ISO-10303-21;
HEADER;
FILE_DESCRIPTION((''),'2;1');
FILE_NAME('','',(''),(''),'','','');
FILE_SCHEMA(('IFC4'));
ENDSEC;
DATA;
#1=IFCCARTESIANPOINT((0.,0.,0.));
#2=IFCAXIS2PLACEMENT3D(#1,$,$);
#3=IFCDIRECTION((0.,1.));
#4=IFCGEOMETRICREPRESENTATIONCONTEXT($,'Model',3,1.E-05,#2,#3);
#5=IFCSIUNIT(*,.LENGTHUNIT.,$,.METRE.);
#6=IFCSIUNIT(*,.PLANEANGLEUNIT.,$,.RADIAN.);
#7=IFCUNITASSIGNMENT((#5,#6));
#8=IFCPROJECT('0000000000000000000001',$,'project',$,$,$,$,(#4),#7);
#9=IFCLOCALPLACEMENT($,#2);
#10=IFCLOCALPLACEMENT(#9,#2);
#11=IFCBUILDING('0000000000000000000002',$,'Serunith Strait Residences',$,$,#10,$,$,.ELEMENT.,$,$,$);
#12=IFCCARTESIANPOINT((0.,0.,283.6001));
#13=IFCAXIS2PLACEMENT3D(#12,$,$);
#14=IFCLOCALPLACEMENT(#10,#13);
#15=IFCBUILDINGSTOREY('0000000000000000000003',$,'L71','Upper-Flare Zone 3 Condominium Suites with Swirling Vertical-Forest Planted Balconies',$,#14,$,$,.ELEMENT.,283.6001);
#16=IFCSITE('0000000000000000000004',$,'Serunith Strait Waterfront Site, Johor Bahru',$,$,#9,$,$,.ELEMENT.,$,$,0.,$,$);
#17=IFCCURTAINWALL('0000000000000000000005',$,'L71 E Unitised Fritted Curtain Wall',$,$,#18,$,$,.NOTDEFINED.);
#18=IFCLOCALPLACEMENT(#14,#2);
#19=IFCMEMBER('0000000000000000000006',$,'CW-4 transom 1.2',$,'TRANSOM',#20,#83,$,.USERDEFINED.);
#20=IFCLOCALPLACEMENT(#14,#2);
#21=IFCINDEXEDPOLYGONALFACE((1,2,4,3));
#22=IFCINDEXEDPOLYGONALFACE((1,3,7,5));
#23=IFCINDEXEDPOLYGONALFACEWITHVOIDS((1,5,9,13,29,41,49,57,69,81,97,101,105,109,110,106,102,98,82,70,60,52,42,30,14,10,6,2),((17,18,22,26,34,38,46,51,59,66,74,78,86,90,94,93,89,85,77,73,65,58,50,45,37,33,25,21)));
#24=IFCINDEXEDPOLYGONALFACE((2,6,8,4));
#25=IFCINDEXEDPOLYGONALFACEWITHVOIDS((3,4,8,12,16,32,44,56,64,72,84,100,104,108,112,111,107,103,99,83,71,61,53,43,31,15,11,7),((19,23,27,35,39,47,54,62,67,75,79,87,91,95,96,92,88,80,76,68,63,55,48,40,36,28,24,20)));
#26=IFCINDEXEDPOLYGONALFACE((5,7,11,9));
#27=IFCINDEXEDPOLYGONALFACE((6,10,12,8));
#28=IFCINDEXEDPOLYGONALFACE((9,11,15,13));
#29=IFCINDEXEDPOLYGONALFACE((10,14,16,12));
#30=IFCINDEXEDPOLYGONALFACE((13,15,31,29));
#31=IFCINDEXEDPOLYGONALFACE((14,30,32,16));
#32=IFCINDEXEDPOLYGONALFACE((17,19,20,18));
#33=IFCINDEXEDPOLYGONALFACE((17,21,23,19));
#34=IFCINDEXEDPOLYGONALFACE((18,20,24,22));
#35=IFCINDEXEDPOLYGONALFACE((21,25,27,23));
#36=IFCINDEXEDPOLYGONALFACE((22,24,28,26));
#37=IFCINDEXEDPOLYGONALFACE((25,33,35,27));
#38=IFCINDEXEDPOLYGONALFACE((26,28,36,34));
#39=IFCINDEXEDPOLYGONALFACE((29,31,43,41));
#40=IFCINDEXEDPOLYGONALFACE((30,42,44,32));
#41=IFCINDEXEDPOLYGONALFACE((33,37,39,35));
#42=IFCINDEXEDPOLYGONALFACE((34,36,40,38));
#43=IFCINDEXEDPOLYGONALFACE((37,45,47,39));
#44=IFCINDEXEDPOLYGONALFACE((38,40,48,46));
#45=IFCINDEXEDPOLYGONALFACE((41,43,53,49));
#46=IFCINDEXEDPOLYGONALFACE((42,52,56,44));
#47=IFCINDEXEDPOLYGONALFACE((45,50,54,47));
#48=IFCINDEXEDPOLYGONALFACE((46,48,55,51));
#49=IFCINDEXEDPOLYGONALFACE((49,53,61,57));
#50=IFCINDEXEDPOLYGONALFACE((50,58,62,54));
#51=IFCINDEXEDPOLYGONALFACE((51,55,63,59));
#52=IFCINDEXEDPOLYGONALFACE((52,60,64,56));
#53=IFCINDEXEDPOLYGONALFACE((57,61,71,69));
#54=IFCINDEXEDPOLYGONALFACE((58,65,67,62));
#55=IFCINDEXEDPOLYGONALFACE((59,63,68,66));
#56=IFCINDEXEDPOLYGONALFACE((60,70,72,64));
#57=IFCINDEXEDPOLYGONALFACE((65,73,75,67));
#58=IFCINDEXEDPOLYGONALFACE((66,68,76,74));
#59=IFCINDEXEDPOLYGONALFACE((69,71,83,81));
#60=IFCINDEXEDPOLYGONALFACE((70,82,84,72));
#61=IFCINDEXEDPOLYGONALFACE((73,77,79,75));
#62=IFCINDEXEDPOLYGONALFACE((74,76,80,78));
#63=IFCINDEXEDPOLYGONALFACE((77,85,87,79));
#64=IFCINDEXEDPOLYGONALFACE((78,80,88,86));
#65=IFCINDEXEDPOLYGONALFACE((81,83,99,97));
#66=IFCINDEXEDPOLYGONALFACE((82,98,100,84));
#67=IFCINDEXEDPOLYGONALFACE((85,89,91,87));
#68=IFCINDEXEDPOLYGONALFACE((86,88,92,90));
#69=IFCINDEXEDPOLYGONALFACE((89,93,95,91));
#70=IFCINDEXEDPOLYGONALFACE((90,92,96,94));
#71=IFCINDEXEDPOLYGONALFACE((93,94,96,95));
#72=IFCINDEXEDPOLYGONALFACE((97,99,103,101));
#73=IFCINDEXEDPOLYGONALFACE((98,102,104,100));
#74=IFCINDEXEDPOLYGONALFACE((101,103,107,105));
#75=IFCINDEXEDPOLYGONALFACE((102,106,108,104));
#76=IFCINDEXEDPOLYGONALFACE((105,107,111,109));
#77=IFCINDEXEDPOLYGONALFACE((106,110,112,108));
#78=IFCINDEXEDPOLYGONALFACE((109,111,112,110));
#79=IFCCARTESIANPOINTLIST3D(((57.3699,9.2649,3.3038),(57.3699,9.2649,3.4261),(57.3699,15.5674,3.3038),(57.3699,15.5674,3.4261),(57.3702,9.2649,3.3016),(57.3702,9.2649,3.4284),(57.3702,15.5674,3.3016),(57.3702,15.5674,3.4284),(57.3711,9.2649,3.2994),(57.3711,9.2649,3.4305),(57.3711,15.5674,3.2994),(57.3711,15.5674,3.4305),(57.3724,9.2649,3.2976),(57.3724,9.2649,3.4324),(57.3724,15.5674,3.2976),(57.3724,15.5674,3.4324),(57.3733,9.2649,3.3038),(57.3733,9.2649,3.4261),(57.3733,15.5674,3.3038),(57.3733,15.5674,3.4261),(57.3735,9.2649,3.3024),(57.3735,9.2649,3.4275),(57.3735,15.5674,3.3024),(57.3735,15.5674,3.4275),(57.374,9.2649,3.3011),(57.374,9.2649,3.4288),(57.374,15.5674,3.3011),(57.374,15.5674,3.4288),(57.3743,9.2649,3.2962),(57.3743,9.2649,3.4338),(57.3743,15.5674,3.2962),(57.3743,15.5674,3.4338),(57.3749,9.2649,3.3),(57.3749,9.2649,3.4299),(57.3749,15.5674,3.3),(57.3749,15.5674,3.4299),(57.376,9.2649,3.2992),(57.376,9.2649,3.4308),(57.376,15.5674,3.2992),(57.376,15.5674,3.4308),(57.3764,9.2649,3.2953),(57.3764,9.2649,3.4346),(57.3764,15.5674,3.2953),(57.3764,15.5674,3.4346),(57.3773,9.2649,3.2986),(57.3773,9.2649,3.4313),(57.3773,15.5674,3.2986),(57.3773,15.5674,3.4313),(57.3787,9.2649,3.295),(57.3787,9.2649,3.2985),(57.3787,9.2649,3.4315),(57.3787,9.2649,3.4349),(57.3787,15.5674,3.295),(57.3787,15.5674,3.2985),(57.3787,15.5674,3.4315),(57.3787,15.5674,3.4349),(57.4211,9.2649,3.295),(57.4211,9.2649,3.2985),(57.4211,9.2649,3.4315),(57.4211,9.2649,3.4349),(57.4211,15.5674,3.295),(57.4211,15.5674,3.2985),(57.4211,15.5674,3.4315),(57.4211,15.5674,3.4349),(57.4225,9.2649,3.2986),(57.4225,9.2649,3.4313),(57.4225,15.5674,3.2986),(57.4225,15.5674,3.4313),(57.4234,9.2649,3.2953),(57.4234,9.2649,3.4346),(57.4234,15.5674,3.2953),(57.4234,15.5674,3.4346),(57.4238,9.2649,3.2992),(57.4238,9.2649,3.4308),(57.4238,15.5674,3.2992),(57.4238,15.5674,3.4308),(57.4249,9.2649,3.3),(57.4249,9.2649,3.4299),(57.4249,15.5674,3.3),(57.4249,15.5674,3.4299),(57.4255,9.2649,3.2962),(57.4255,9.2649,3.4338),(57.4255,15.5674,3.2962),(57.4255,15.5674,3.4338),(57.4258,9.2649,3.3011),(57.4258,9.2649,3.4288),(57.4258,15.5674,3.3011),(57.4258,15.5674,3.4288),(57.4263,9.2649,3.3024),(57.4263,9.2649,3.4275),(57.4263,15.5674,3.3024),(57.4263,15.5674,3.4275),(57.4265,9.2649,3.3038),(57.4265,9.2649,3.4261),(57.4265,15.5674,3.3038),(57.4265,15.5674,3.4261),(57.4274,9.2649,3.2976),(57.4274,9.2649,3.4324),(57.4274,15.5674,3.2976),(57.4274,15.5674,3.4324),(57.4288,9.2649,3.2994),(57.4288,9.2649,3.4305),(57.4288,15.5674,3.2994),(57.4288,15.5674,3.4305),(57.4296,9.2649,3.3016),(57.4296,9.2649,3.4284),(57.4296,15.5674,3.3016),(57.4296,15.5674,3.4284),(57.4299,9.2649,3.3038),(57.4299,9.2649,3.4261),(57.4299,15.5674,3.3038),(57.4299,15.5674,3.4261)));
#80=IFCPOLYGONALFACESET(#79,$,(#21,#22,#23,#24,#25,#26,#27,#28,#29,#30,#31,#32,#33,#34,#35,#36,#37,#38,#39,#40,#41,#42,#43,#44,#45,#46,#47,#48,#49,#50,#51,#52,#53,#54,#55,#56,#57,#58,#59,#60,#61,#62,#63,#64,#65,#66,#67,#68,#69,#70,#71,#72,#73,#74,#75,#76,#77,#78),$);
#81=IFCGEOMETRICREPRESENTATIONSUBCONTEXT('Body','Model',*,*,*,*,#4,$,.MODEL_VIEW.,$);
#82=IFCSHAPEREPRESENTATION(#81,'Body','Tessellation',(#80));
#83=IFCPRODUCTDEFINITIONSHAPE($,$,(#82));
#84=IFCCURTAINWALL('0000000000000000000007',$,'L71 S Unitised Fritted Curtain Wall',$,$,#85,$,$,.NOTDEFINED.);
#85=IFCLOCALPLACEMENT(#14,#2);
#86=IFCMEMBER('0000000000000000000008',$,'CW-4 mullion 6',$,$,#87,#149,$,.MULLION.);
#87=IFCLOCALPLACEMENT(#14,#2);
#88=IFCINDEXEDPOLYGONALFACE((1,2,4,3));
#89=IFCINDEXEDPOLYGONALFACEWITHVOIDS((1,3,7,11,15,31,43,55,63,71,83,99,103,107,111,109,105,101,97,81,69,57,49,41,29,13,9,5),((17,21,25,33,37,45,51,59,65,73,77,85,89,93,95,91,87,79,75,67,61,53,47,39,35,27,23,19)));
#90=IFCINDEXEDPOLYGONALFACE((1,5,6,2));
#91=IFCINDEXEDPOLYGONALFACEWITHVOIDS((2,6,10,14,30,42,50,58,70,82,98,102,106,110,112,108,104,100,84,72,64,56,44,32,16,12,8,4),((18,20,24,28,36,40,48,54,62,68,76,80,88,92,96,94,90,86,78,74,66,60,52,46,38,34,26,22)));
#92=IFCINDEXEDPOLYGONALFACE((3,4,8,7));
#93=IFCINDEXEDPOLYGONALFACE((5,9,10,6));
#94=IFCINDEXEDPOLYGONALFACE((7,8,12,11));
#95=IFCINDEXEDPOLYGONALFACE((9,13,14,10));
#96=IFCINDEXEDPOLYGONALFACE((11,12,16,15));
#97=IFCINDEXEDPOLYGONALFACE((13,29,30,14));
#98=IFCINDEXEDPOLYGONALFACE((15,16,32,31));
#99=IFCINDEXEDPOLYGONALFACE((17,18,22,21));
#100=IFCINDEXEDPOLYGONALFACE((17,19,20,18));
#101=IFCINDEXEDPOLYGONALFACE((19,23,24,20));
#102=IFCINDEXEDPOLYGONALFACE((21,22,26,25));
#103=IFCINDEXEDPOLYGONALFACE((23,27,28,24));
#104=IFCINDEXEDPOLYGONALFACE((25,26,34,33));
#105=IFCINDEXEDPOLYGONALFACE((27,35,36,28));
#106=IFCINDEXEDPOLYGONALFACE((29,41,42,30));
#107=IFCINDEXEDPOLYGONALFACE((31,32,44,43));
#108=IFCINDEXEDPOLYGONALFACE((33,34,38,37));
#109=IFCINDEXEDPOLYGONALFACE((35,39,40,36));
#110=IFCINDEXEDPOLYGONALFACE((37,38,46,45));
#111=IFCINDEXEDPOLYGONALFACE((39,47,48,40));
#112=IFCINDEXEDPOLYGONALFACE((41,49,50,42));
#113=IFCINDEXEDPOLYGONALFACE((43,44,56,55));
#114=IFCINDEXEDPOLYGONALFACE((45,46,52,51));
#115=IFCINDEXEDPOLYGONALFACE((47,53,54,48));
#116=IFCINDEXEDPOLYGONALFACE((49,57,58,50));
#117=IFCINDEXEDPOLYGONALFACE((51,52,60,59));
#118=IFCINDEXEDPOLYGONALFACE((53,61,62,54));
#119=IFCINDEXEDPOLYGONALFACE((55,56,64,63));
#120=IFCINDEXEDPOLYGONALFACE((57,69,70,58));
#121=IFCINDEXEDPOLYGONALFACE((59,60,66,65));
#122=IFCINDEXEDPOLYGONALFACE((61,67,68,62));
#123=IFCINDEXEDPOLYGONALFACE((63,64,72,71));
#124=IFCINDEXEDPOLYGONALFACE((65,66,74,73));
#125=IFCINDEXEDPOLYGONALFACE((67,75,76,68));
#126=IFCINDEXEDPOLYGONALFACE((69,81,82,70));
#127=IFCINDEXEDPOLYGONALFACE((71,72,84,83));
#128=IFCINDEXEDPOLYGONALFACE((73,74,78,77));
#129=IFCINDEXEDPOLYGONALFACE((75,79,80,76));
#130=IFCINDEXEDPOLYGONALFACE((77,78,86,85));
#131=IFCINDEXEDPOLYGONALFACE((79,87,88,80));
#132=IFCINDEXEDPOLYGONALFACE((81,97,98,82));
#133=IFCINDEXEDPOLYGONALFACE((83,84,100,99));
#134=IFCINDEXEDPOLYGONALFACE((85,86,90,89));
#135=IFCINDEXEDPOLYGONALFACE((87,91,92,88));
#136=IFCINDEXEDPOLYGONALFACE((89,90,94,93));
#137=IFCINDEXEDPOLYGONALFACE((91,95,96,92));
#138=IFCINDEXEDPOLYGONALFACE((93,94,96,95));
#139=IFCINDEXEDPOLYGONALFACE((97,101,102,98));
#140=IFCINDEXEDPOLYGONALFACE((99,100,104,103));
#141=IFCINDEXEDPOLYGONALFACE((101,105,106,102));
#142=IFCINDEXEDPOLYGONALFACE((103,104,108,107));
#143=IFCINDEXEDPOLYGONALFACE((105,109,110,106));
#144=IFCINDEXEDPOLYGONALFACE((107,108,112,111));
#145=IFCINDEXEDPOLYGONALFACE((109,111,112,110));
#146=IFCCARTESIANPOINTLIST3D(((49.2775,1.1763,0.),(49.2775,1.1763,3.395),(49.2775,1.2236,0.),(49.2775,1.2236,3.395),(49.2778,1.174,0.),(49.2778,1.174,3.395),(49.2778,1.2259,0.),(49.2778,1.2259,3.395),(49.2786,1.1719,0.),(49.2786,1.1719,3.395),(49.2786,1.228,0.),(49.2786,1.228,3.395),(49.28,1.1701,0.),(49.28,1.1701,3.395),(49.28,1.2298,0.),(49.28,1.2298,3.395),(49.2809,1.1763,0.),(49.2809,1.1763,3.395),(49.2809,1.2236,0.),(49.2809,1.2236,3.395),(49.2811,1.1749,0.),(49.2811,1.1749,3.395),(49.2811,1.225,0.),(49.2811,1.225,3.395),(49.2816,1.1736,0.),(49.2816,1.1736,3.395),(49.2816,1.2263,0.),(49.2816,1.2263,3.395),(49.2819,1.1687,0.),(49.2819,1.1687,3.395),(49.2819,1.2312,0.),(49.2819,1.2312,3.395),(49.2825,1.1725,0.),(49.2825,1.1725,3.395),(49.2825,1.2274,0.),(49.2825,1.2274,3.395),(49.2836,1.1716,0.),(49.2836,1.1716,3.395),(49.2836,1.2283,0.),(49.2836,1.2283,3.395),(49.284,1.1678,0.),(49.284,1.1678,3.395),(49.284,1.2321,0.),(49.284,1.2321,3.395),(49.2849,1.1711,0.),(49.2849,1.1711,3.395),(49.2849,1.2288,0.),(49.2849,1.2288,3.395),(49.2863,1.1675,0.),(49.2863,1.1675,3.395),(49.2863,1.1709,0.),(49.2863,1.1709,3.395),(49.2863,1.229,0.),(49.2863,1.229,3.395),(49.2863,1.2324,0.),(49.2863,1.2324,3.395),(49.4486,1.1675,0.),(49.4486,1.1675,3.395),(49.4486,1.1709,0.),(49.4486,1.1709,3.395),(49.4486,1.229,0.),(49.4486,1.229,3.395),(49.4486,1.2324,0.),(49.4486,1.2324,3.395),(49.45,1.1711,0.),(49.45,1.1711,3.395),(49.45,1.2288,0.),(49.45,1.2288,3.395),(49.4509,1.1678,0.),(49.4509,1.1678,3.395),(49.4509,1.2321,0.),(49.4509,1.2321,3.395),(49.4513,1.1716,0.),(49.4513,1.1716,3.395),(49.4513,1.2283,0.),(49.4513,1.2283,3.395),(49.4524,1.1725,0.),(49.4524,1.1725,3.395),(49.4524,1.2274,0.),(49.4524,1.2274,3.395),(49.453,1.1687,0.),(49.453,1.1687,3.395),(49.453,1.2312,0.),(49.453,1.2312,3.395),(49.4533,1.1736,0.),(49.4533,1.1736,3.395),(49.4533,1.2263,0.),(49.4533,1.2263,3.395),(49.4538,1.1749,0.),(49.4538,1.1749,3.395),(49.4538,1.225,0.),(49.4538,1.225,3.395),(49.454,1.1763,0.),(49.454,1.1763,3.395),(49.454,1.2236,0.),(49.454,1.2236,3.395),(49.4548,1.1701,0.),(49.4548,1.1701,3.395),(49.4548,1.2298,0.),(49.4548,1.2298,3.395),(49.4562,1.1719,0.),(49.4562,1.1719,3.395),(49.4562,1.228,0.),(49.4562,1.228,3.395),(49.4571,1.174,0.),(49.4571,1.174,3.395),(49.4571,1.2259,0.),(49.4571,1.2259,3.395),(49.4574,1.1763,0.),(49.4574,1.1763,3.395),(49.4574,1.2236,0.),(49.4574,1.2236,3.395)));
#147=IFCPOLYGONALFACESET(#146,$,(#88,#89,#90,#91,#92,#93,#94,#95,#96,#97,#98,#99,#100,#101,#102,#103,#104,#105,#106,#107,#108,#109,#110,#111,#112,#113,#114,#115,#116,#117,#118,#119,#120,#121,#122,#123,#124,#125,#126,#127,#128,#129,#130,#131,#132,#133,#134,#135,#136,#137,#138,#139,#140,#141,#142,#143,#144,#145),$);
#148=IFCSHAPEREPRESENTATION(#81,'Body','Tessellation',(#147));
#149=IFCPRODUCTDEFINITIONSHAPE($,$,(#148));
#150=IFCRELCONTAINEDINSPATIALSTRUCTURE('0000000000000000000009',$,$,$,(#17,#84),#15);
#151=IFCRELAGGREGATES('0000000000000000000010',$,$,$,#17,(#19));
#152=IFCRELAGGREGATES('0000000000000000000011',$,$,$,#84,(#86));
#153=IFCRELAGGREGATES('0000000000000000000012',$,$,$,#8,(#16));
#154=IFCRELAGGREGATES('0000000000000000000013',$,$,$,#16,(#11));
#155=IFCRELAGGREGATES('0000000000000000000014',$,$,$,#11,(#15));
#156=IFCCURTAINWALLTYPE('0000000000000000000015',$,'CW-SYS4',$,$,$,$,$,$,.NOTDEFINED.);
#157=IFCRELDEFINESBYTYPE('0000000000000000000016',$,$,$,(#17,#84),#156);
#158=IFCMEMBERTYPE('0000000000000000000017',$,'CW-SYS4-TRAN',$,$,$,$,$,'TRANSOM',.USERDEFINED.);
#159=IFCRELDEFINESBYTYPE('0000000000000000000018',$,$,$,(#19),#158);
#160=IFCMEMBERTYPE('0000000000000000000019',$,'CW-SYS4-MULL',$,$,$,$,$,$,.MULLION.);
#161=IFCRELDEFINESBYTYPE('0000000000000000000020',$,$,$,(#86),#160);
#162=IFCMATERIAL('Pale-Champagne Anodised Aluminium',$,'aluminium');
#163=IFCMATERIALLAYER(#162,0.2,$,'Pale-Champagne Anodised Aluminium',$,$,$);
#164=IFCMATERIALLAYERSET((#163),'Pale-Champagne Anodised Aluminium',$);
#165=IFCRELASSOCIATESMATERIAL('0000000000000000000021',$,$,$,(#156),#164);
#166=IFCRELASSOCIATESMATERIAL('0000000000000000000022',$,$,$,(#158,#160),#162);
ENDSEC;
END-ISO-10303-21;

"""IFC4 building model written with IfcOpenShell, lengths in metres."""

from ifc_helpers import new_model, si_unit, direction, frame, origin, origin_2d, place, context, subcontext, project, spatial, hollow_rectangle, extrude, source, transform, mapped, material, layer, layer_set, material_profile, profile_set, type_object, element, aggregate, save


model = new_model("IFC4")

# Units and contexts
model_context = context("Model", 3, precision=1e-05, world=origin(), true_north=direction((0.0, 1.0)))
body_context = subcontext(model_context, "Body", "Model", "MODEL_VIEW")
ifc_project = project(units=[si_unit("LENGTHUNIT", "METRE"), si_unit("PLANEANGLEUNIT", "RADIAN")], contexts=[model_context])

# Site, building, storey
site_placement = place(None, origin())
site = spatial("IfcSite", under=ifc_project, at=site_placement, Name="Serunith Strait Waterfront Site, Johor Bahru", CompositionType="ELEMENT", RefElevation=0.0)
building_placement = place(site_placement, origin())
building = spatial("IfcBuilding", under=site, at=building_placement, Name="Serunith Strait Residences", CompositionType="ELEMENT")
storey_placement = place(building_placement, frame((0.0, 0.0, 283.6001)))
storey = spatial("IfcBuildingStorey", under=building, at=storey_placement, Name="L71", Description="Upper-Flare Zone 3 Condominium Suites with Swirling Vertical-Forest Planted Balconies", CompositionType="ELEMENT", Elevation=283.6001)

# Curtain wall, member
ifc_material_1 = material(Name="Pale-Champagne Anodised Aluminium", Category="aluminium")
ifc_layer_1 = layer(ifc_material_1, 0.2, Name="Pale-Champagne Anodised Aluminium")
ifc_layer_set_1 = layer_set([ifc_layer_1], Name="Pale-Champagne Anodised Aluminium")
curtain_wall_type = type_object("IfcCurtainWallType", Name="CW-SYS4", PredefinedType="NOTDEFINED", material=ifc_layer_set_1)
curtain_wall_1_placement = place(storey_placement, origin())
curtain_wall_1 = element("IfcCurtainWall", 1, at=curtain_wall_1_placement, inside=storey, type_object=curtain_wall_type, Name="L71 E Unitised Fritted Curtain Wall", PredefinedType="NOTDEFINED")
ifc_material_profile_1 = material_profile(ifc_material_1, hollow_rectangle(XDim=0.0601, YDim=0.1399, WallThickness=0.0034, InnerFilletRadius=0.0054, OuterFilletRadius=0.0088, at=origin_2d()), Name="ALU 140x60x3.5")
ifc_profile_set_1 = profile_set([ifc_material_profile_1], Name="Pale-Champagne Anodised Aluminium")
member_type_1 = type_object("IfcMemberType", Name="CW-SYS4-TRAN", ElementType="TRANSOM", PredefinedType="USERDEFINED", material=ifc_profile_set_1)
shared_shape_1 = source(origin(), body_context, "Body", "SweptSolid", [
    extrude(hollow_rectangle(XDim=0.0601, YDim=0.1399, WallThickness=0.0034, InnerFilletRadius=0.0054, OuterFilletRadius=0.0088, at=origin_2d()), origin(), (0.0, 0.0, 1.0), 6.3025),
])
member_1_placement = place(storey_placement, frame((57.3999, 9.2649, 3.365), z_axis=(0.0, 1.0, 0.0), x_axis=(-1.0, 0.0, 0.0)))
member_1 = element("IfcMember", 2, at=member_1_placement, type_object=member_type_1, Name="CW-4 transom 1.2", ObjectType="TRANSOM", PredefinedType="USERDEFINED", context=body_context, shape_type="MappedRepresentation", body=[
    mapped(shared_shape_1, transform((0.0, 0.0, 0.0), scale=1.0)),
])

# Curtain wall, member
curtain_wall_2_placement = place(storey_placement, origin())
curtain_wall_2 = element("IfcCurtainWall", 3, at=curtain_wall_2_placement, inside=storey, type_object=curtain_wall_type, Name="L71 S Unitised Fritted Curtain Wall", PredefinedType="NOTDEFINED")
ifc_material_profile_2 = material_profile(ifc_material_1, hollow_rectangle(XDim=0.0649, YDim=0.1799, WallThickness=0.0034, InnerFilletRadius=0.0054, OuterFilletRadius=0.0088, at=origin_2d()), Name="ALU 180x65x3.5")
ifc_profile_set_2 = profile_set([ifc_material_profile_2], Name="Pale-Champagne Anodised Aluminium")
member_type_2 = type_object("IfcMemberType", Name="CW-SYS4-MULL", PredefinedType="MULLION", material=ifc_profile_set_2)
shared_shape_2 = source(origin(), body_context, "Body", "SweptSolid", [
    extrude(hollow_rectangle(XDim=0.0649, YDim=0.1799, WallThickness=0.0034, InnerFilletRadius=0.0054, OuterFilletRadius=0.0088, at=origin_2d()), origin(), (0.0, 0.0, 1.0), 3.395),
])
member_2_placement = place(storey_placement, frame((49.3674, 1.2, 0.0), z_axis=(0.0, 0.0, 1.0), x_axis=(0.0, 1.0, 0.0)))
member_2 = element("IfcMember", 4, at=member_2_placement, type_object=member_type_2, Name="CW-4 mullion 6", PredefinedType="MULLION", context=body_context, shape_type="MappedRepresentation", body=[
    mapped(shared_shape_2, transform((0.0, 0.0, 0.0), scale=1.0)),
])

aggregate(curtain_wall_1, [member_1])

aggregate(curtain_wall_2, [member_2])

save(model, "model.ifc")
